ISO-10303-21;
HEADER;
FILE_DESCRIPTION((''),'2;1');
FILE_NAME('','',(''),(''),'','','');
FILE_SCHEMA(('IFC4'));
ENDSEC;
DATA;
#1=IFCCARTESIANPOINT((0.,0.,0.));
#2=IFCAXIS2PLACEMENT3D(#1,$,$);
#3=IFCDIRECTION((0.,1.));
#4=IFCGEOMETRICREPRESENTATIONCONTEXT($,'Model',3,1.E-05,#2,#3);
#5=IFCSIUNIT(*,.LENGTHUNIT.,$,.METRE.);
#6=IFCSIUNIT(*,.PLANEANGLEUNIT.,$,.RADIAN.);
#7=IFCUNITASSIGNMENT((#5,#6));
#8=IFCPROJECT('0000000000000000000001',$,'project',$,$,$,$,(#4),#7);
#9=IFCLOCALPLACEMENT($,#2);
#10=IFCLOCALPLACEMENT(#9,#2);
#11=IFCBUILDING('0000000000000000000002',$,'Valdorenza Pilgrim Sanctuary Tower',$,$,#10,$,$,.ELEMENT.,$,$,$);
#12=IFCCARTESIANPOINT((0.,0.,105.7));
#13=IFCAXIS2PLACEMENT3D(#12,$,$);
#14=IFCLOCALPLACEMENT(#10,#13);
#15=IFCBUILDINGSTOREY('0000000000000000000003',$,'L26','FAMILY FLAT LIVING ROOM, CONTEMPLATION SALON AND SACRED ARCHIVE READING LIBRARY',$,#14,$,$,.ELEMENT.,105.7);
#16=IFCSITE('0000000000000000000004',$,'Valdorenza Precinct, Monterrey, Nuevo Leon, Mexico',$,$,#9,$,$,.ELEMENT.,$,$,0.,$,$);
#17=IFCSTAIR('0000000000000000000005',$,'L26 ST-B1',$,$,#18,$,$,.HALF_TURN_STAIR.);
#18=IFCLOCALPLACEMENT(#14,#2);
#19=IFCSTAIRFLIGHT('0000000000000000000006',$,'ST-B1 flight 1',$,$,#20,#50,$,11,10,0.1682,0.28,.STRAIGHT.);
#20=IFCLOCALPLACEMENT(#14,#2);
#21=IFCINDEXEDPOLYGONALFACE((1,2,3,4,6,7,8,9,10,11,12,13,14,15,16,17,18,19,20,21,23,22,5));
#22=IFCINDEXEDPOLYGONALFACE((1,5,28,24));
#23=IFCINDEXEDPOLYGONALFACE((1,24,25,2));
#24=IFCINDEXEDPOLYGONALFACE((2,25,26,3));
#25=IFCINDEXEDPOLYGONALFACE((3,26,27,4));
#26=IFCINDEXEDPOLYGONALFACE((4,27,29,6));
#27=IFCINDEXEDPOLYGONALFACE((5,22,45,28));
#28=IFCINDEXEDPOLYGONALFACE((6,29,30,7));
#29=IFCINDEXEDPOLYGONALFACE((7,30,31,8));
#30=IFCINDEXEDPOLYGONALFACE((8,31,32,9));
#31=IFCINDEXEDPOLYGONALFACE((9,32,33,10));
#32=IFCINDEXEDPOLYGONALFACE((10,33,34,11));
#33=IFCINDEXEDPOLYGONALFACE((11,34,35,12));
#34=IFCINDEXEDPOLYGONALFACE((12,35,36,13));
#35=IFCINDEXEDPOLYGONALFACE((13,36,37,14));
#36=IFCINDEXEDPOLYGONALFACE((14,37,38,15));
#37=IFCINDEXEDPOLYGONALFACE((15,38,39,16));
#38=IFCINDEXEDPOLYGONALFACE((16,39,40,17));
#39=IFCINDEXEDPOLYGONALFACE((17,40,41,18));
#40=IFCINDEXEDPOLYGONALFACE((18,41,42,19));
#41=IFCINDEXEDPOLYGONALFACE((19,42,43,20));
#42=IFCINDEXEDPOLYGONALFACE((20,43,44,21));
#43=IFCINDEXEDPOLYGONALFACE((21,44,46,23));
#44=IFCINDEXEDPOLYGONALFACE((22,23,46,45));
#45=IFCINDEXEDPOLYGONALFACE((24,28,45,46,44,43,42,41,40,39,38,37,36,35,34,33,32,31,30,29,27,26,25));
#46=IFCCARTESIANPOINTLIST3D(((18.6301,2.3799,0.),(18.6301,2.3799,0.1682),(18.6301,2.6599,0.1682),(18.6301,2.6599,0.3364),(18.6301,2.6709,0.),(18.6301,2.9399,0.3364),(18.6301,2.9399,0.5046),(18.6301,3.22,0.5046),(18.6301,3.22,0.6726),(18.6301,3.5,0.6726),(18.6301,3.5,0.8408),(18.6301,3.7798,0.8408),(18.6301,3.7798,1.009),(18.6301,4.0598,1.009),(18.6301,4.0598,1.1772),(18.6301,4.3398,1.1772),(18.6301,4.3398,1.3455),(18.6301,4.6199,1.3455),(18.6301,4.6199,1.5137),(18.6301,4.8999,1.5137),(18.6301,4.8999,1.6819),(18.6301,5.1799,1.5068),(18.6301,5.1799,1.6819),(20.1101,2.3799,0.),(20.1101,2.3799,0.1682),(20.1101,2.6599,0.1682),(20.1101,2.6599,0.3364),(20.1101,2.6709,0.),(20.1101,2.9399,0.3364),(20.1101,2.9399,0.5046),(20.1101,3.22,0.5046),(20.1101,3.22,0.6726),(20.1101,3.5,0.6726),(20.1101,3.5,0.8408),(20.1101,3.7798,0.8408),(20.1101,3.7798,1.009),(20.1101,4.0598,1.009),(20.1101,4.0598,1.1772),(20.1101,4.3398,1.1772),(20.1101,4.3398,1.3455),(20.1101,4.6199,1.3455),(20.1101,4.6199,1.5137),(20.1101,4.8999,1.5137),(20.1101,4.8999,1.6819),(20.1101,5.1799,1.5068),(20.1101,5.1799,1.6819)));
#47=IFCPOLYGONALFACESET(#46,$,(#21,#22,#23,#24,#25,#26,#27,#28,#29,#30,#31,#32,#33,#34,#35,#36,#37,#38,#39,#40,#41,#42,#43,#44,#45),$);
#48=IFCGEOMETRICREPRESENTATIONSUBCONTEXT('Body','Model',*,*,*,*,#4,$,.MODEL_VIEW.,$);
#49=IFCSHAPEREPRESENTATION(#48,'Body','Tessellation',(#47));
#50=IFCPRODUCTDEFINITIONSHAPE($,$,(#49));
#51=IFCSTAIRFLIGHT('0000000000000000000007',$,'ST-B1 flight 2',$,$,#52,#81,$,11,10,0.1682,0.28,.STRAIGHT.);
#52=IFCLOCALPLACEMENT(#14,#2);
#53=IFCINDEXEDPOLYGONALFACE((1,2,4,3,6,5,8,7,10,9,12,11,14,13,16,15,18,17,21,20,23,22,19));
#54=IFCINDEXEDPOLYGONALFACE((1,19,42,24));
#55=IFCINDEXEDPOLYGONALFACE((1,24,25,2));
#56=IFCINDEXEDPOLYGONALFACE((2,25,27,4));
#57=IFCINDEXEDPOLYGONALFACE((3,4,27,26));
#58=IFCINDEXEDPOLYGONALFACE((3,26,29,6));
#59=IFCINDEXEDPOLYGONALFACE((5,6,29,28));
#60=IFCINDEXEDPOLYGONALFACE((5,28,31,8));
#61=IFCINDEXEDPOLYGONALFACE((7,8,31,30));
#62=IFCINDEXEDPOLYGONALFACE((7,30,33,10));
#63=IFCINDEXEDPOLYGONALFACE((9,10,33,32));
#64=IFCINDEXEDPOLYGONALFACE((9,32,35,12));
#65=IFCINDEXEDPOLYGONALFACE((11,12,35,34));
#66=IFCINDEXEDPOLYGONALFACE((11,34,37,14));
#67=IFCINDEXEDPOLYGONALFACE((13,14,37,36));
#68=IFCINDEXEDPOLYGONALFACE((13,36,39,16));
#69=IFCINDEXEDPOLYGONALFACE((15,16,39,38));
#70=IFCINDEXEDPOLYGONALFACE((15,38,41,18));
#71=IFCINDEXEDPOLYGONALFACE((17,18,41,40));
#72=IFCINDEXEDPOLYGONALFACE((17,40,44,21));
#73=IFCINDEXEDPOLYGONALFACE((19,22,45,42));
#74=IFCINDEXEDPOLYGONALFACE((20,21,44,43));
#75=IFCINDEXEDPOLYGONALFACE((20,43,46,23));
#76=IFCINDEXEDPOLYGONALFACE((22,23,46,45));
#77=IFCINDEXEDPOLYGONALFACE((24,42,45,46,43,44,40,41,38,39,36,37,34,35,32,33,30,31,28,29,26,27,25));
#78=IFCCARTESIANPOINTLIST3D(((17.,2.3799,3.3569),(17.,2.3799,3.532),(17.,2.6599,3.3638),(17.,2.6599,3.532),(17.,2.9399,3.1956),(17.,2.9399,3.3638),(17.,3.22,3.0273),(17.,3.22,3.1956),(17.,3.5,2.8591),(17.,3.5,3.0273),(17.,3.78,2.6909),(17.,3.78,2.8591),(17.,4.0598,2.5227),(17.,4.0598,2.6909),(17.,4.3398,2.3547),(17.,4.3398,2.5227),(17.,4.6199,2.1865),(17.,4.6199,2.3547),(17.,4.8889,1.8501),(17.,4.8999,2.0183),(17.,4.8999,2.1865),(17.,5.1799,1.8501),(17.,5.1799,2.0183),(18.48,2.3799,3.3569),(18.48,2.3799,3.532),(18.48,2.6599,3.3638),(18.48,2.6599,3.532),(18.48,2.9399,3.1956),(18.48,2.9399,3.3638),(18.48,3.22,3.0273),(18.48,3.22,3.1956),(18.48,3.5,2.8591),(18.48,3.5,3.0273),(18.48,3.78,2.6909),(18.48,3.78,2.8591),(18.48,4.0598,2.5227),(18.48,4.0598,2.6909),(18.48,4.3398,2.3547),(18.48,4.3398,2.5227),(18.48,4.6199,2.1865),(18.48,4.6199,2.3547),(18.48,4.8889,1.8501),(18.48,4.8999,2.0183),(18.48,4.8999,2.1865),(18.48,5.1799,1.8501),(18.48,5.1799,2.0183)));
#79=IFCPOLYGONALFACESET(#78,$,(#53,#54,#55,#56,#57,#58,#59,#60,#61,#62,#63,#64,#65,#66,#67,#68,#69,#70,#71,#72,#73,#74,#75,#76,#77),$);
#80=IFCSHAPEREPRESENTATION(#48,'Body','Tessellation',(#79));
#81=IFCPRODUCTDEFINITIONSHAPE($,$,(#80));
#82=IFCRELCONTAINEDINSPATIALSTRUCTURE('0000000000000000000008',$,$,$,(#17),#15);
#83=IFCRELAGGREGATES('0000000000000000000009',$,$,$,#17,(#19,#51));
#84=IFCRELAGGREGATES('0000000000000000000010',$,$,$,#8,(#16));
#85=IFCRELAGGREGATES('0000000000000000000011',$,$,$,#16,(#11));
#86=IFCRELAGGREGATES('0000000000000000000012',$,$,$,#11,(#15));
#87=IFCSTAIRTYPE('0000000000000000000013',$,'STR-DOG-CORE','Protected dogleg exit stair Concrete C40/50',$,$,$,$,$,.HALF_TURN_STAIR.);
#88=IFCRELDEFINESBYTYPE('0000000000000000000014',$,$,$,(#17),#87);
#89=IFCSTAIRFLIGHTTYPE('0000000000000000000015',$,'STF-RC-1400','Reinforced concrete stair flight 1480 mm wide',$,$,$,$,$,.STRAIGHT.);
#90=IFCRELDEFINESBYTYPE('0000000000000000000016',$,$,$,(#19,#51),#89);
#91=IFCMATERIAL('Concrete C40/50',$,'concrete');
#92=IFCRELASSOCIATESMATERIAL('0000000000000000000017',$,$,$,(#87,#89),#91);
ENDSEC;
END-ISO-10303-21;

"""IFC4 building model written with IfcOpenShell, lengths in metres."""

from ifc_helpers import new_model, si_unit, direction, frame, origin, place, context, subcontext, project, spatial, polyline, outline, extrude, material, type_object, element, aggregate, save


model = new_model("IFC4")

# Units and contexts
model_context = context("Model", 3, precision=1e-05, world=origin(), true_north=direction((0.0, 1.0)))
body_context = subcontext(model_context, "Body", "Model", "MODEL_VIEW")
ifc_project = project(units=[si_unit("LENGTHUNIT", "METRE"), si_unit("PLANEANGLEUNIT", "RADIAN")], contexts=[model_context])

# Site, building, storey
site_placement = place(None, origin())
site = spatial("IfcSite", under=ifc_project, at=site_placement, Name="Valdorenza Precinct, Monterrey, Nuevo Leon, Mexico", CompositionType="ELEMENT", RefElevation=0.0)
building_placement = place(site_placement, origin())
building = spatial("IfcBuilding", under=site, at=building_placement, Name="Valdorenza Pilgrim Sanctuary Tower", CompositionType="ELEMENT")
storey_placement = place(building_placement, frame((0.0, 0.0, 105.7)))
storey = spatial("IfcBuildingStorey", under=building, at=storey_placement, Name="L26", Description="FAMILY FLAT LIVING ROOM, CONTEMPLATION SALON AND SACRED ARCHIVE READING LIBRARY", CompositionType="ELEMENT", Elevation=105.7)

# Shared definitions
ifc_material_1 = material(Name="Concrete C40/50", Category="concrete")

# Stair, stair flights
stair_type = type_object("IfcStairType", Name="STR-DOG-CORE", Description="Protected dogleg exit stair Concrete C40/50", PredefinedType="HALF_TURN_STAIR", material=ifc_material_1)
stair_placement = place(storey_placement, origin())
stair = element("IfcStair", 1, at=stair_placement, inside=storey, type_object=stair_type, Name="L26 ST-B1", PredefinedType="HALF_TURN_STAIR")
stair_flight_type = type_object("IfcStairFlightType", Name="STF-RC-1400", Description="Reinforced concrete stair flight 1480 mm wide", PredefinedType="STRAIGHT", material=ifc_material_1)
stair_flight_1_placement = place(storey_placement, frame((19.3701, 2.3799, 0.0), z_axis=(0.0, 0.0, 1.0), x_axis=(0.0, 1.0, 0.0)))
stair_flight_1 = element("IfcStairFlight", 2, at=stair_flight_1_placement, type_object=stair_flight_type, Name="ST-B1 flight 1", NumberOfRisers=11, NumberOfTreads=10, PredefinedType="STRAIGHT", RiserHeight=0.1682, TreadLength=0.28, context=body_context, shape_type="SweptSolid", body=[
    extrude(outline(polyline([(0.0, 0.0), (0.0, 0.1682), (0.28, 0.1682), (0.28, 0.3364), (0.5601, 0.3364), (0.5601, 0.5046), (0.8401, 0.5046), (0.8401, 0.6726), (1.1201, 0.6726), (1.1201, 0.8408), (1.3999, 0.8408), (1.3999, 1.009), (1.6799, 1.009), (1.6799, 1.1772), (1.96, 1.1772), (1.96, 1.3455), (2.24, 1.3455), (2.24, 1.5137), (2.52, 1.5137), (2.52, 1.6819), (2.8, 1.6819), (2.8, 1.8501), (2.8, 1.5068), (0.291, 0.0), (0.0, 0.0)])), frame((0.0, 0.74, 0.0), z_axis=(0.0, -1.0, 0.0), x_axis=(1.0, 0.0, 0.0)), (0.0, 0.0, 1.0), 1.48),
])
stair_flight_2_placement = place(storey_placement, frame((17.74, 5.1799, 1.8501), z_axis=(0.0, 0.0, 1.0), x_axis=(0.0, -1.0, 0.0)))
stair_flight_2 = element("IfcStairFlight", 3, at=stair_flight_2_placement, type_object=stair_flight_type, Name="ST-B1 flight 2", NumberOfRisers=11, NumberOfTreads=10, PredefinedType="STRAIGHT", RiserHeight=0.1682, TreadLength=0.28, context=body_context, shape_type="SweptSolid", body=[
    extrude(outline(polyline([(0.0, 0.0), (0.0, 0.1682), (0.28, 0.1682), (0.28, 0.3364), (0.5601, 0.3364), (0.5601, 0.5046), (0.8401, 0.5046), (0.8401, 0.6726), (1.1201, 0.6726), (1.1201, 0.8408), (1.3999, 0.8408), (1.3999, 1.009), (1.6799, 1.009), (1.6799, 1.1772), (1.96, 1.1772), (1.96, 1.3455), (2.24, 1.3455), (2.24, 1.5137), (2.52, 1.5137), (2.52, 1.6819), (2.8, 1.6819), (2.8, 1.8501), (2.8, 1.5068), (0.291, 0.0), (0.0, 0.0)])), frame((0.0, 0.74, 0.0), z_axis=(0.0, -1.0, 0.0), x_axis=(1.0, 0.0, 0.0)), (0.0, 0.0, 1.0), 1.48),
])
aggregate(stair, [stair_flight_1, stair_flight_2])

save(model, "model.ifc")
